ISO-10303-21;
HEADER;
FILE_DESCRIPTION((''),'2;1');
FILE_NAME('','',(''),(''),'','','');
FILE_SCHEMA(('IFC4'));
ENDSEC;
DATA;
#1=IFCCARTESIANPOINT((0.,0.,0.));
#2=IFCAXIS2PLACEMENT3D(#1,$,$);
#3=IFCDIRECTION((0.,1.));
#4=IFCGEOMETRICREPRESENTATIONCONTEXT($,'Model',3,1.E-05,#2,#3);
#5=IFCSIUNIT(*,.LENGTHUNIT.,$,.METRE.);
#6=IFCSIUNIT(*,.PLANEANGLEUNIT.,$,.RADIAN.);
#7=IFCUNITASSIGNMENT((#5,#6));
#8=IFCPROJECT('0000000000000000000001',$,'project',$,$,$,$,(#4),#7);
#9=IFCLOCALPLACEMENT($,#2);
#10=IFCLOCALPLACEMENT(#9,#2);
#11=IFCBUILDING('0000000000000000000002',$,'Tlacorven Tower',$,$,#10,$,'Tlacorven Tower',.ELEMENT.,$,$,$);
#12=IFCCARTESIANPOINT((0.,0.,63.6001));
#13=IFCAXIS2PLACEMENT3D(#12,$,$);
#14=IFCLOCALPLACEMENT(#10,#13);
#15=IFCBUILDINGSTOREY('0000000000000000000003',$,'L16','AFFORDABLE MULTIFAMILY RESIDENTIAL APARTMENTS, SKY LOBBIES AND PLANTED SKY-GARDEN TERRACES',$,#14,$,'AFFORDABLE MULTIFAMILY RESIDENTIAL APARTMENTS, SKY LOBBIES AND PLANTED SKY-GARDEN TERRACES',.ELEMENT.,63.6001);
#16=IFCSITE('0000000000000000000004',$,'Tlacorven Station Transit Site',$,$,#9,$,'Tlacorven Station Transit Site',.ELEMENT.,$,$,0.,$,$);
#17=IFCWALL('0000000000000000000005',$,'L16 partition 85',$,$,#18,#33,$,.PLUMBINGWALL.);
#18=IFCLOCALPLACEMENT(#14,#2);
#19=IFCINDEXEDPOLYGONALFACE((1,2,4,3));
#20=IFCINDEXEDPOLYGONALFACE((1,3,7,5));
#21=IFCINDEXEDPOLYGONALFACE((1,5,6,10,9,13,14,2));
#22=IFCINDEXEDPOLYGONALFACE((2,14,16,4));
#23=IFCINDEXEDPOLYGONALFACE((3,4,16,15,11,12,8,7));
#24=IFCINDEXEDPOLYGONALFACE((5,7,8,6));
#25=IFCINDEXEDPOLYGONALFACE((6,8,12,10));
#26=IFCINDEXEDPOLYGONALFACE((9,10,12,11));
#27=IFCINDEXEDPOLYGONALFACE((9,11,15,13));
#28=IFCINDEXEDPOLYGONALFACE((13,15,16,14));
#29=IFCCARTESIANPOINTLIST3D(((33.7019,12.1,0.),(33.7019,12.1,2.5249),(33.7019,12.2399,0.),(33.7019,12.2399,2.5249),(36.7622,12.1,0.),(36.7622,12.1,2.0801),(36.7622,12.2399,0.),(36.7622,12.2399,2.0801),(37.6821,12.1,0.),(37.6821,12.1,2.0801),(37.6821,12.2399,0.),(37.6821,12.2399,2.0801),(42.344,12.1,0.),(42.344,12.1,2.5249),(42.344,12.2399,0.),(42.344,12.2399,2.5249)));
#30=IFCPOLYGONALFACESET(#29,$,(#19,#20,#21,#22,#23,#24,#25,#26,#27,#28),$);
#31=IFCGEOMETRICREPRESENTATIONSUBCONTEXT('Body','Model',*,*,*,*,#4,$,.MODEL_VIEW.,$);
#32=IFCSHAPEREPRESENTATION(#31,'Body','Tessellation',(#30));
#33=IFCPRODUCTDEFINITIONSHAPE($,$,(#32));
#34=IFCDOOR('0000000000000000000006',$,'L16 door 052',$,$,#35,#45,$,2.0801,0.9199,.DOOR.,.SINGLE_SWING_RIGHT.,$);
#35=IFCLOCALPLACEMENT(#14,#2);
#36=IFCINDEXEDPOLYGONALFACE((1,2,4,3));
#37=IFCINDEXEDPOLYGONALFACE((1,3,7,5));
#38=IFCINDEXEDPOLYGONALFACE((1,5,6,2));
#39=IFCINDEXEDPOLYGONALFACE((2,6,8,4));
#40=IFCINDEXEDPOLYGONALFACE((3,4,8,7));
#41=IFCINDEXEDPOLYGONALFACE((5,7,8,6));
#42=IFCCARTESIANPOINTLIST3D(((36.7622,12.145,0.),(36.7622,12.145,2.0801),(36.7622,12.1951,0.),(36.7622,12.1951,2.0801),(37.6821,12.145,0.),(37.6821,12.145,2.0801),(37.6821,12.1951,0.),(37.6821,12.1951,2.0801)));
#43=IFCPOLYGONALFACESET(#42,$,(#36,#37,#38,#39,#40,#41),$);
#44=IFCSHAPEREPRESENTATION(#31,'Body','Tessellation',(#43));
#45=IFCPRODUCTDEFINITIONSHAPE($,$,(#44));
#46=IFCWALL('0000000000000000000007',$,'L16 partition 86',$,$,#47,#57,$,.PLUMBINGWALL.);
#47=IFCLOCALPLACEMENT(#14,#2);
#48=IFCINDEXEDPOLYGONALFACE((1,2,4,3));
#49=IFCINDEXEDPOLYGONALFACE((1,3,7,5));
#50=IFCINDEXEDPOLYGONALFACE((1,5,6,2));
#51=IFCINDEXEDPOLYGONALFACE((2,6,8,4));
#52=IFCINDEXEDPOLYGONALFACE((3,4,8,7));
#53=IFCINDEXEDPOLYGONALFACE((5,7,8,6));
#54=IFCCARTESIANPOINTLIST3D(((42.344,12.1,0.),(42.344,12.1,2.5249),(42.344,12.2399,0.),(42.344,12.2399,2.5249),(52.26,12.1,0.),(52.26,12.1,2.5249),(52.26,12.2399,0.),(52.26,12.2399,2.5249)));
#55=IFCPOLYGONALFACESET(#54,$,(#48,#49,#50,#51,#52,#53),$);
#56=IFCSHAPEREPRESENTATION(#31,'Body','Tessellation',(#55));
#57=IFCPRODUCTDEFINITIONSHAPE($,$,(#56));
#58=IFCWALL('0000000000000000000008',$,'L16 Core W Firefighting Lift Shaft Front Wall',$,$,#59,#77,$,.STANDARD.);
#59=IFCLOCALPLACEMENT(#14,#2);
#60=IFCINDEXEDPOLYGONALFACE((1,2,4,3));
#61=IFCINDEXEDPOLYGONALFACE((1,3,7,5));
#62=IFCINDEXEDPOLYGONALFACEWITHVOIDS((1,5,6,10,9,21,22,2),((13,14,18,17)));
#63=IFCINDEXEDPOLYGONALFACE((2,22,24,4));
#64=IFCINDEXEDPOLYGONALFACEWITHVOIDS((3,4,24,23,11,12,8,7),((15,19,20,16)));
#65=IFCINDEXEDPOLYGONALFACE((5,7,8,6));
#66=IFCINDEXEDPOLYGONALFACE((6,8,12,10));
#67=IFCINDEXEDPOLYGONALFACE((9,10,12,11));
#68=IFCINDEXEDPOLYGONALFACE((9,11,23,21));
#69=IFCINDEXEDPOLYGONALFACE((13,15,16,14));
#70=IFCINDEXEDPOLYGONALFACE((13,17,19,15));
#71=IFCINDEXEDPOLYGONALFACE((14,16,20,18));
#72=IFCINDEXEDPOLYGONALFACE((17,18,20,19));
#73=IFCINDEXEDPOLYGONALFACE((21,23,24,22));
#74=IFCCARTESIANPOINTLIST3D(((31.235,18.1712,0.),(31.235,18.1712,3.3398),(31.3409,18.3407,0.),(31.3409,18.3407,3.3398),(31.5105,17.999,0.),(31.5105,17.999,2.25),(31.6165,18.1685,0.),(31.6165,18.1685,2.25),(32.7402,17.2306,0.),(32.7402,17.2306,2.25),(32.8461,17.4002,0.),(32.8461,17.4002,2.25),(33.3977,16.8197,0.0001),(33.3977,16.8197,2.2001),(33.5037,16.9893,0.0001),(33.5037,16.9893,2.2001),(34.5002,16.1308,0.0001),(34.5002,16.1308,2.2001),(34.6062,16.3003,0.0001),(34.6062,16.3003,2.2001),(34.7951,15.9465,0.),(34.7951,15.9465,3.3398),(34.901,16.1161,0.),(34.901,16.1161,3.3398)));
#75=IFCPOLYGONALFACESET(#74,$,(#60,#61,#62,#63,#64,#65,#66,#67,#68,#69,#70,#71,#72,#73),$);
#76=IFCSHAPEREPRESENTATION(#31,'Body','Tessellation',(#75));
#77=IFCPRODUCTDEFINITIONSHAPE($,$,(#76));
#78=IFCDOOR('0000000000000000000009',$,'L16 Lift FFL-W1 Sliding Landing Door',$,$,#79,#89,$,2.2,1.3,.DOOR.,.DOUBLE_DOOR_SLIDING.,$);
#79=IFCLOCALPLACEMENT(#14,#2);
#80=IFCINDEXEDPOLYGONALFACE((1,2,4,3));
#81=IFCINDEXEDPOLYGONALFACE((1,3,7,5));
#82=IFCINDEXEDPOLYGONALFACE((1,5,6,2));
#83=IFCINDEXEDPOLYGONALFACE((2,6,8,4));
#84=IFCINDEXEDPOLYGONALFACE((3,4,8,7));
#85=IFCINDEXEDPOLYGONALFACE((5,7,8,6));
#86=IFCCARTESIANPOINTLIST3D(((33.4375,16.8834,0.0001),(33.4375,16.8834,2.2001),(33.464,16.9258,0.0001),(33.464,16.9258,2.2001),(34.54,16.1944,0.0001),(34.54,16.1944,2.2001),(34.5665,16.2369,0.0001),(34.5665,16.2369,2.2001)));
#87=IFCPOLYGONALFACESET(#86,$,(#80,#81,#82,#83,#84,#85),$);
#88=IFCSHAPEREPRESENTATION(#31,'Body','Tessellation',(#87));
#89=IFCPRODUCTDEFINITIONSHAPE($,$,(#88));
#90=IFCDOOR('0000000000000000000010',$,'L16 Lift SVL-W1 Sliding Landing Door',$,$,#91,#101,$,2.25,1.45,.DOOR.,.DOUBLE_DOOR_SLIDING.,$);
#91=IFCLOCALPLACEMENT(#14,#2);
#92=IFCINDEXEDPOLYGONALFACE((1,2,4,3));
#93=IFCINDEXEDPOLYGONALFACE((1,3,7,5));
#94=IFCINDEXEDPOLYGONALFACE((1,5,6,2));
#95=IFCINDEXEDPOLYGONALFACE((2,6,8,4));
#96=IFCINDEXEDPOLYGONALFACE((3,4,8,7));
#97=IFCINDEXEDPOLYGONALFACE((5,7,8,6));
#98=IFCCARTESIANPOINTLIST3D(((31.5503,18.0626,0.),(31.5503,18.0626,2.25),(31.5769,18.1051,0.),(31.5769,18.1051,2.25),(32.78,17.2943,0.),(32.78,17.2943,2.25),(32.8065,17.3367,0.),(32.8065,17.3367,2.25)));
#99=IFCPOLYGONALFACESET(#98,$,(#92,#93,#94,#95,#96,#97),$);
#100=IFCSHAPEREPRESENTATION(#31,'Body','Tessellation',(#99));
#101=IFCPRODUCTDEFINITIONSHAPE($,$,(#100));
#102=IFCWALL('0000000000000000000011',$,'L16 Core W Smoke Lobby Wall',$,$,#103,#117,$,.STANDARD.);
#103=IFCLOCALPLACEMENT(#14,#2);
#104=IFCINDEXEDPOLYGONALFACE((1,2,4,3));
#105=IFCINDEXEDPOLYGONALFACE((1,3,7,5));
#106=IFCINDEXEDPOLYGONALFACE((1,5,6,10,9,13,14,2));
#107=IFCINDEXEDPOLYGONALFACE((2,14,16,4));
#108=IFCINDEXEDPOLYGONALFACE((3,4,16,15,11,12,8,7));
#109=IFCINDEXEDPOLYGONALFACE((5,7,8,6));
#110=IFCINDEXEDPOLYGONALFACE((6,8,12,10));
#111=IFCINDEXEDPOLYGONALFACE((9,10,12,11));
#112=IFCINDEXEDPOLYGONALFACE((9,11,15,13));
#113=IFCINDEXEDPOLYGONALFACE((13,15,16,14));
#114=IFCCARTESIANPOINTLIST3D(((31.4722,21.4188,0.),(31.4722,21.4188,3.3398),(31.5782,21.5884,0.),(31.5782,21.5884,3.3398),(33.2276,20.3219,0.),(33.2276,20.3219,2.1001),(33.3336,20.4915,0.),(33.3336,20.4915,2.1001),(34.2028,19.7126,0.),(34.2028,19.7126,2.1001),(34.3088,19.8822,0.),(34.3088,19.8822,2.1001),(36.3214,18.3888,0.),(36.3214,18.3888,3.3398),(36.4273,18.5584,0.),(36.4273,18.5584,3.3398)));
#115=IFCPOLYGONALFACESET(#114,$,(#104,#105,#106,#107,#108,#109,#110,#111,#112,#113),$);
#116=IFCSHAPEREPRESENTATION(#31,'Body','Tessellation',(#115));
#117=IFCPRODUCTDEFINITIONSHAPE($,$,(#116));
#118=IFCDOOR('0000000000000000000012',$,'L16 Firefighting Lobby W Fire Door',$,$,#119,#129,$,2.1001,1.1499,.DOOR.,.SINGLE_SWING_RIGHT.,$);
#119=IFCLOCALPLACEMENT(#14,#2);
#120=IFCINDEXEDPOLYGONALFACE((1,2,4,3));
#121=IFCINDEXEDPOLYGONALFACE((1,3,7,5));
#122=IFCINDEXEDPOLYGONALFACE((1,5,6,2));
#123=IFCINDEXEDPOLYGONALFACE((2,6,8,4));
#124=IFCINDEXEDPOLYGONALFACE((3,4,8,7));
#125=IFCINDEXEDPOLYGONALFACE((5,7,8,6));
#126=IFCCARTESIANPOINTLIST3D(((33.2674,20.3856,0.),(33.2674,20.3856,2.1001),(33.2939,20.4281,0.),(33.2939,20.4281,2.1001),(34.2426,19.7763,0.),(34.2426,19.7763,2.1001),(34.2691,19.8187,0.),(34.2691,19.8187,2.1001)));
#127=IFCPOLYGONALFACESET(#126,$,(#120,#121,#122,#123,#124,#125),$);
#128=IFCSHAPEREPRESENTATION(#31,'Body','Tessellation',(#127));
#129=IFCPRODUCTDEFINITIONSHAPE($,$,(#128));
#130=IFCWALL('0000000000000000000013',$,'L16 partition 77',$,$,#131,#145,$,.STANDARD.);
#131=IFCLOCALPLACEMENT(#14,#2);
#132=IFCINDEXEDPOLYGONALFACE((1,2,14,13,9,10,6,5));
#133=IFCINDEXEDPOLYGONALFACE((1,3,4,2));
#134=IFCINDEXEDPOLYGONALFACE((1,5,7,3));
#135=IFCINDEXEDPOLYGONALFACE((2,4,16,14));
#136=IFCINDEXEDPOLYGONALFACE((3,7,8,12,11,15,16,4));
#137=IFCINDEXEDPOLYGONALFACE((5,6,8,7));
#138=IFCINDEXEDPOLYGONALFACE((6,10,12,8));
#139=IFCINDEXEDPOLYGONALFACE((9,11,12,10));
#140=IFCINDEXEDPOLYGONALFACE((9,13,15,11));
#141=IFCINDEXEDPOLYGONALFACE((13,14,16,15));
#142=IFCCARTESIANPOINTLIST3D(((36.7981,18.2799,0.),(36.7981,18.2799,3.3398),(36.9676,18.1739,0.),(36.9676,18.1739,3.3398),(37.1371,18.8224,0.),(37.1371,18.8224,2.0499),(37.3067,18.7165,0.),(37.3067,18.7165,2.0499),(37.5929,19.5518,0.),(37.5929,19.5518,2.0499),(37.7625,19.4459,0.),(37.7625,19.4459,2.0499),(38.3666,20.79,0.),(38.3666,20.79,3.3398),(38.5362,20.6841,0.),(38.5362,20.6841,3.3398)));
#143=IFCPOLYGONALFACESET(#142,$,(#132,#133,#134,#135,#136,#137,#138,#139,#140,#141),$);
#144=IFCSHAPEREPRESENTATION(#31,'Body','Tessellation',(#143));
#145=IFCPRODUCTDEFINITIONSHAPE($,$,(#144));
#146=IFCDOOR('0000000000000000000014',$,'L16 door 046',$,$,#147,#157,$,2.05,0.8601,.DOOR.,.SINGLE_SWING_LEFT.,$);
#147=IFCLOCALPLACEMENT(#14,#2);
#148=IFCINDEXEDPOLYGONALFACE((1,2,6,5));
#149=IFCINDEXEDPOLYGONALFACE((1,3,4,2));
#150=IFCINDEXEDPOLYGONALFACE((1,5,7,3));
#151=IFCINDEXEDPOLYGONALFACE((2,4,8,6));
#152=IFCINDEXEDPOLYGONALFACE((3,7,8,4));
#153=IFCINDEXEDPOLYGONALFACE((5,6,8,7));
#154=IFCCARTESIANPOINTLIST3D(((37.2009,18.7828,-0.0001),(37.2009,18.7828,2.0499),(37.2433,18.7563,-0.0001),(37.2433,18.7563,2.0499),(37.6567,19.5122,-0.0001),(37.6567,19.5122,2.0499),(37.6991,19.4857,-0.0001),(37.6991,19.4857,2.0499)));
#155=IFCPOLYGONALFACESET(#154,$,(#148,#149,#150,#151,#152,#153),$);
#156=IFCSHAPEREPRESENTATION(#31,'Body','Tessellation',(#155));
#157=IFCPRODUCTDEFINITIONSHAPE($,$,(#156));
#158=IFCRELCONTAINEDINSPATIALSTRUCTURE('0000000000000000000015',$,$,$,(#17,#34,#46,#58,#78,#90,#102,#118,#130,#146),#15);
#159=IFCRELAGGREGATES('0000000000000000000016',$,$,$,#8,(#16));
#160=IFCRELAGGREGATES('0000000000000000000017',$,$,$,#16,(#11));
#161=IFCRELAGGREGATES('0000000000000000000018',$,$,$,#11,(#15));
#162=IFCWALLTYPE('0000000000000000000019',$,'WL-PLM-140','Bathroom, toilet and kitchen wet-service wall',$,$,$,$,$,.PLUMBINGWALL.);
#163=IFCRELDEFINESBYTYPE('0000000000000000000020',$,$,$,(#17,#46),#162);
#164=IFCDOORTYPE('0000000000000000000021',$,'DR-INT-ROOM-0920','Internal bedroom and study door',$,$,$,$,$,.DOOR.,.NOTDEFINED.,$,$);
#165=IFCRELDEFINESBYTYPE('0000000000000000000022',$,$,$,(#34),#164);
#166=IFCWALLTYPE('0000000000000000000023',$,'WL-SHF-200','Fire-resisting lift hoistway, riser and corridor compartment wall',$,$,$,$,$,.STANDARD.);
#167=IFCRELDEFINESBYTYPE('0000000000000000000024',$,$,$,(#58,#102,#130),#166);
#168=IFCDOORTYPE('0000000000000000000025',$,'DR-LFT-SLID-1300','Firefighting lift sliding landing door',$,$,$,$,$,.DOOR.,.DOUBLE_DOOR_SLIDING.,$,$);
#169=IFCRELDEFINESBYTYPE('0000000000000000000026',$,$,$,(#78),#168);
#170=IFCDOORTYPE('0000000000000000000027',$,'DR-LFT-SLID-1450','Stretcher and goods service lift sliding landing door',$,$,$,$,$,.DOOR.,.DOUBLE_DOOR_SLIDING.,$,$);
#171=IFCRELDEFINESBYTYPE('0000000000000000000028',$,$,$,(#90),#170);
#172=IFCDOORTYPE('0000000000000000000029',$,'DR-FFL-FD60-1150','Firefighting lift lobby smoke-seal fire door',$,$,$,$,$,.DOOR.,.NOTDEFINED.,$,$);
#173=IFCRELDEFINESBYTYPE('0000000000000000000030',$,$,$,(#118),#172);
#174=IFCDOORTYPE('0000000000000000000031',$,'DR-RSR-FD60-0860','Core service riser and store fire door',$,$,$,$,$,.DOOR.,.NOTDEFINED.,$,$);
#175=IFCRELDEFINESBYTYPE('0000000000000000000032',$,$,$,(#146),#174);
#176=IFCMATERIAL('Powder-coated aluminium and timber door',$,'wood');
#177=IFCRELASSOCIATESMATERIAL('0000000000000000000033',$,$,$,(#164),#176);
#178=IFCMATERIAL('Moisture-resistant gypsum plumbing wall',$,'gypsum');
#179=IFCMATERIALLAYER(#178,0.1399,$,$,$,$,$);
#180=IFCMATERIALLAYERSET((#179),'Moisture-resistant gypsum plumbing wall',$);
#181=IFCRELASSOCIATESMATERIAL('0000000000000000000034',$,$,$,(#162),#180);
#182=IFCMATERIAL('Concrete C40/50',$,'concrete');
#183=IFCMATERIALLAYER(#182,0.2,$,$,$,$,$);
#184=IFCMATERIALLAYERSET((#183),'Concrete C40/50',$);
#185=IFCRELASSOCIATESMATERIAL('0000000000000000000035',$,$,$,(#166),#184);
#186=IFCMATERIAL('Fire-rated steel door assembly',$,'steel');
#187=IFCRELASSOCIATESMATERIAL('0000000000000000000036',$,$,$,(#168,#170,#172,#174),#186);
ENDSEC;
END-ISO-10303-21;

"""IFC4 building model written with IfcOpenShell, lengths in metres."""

from ifc_helpers import new_model, si_unit, direction, frame, frame_2d, origin, place, context, subcontext, project, spatial, rectangle, extrude, source, transform, mapped, material, layer, layer_set, type_object, element, fill, save


model = new_model("IFC4")

# Units and contexts
model_context = context("Model", 3, precision=1e-05, world=origin(), true_north=direction((0.0, 1.0)))
body_context = subcontext(model_context, "Body", "Model", "MODEL_VIEW")
ifc_project = project(units=[si_unit("LENGTHUNIT", "METRE"), si_unit("PLANEANGLEUNIT", "RADIAN")], contexts=[model_context])

# Site, building, storey
site_placement = place(None, origin())
site = spatial("IfcSite", under=ifc_project, at=site_placement, Name="Tlacorven Station Transit Site", LongName="Tlacorven Station Transit Site", CompositionType="ELEMENT", RefElevation=0.0)
building_placement = place(site_placement, origin())
building = spatial("IfcBuilding", under=site, at=building_placement, Name="Tlacorven Tower", LongName="Tlacorven Tower", CompositionType="ELEMENT")
storey_placement = place(building_placement, frame((0.0, 0.0, 63.6001)))
storey = spatial("IfcBuildingStorey", under=building, at=storey_placement, Name="L16", Description="AFFORDABLE MULTIFAMILY RESIDENTIAL APARTMENTS, SKY LOBBIES AND PLANTED SKY-GARDEN TERRACES", LongName="AFFORDABLE MULTIFAMILY RESIDENTIAL APARTMENTS, SKY LOBBIES AND PLANTED SKY-GARDEN TERRACES", CompositionType="ELEMENT", Elevation=63.6001)

# Shared definitions
ifc_material_1 = material(Name="Fire-rated steel door assembly", Category="steel")

# Wall, opening, door
ifc_material_2 = material(Name="Powder-coated aluminium and timber door", Category="wood")
door_type_1 = type_object("IfcDoorType", Name="DR-INT-ROOM-0920", Description="Internal bedroom and study door", OperationType="NOTDEFINED", PredefinedType="DOOR", material=ifc_material_2)
shared_shape_1 = source(origin(), body_context, "Body", "SweptSolid", [
    extrude(rectangle(XDim=0.9199, YDim=2.0801, at=frame_2d((0.46, 1.04))), frame((0.0, 0.0249, 0.0), z_axis=(0.0, -1.0, 0.0), x_axis=(1.0, 0.0, 0.0)), (0.0, 0.0, 1.0), 0.05),
])
ifc_material_3 = material(Name="Moisture-resistant gypsum plumbing wall", Category="gypsum")
ifc_layer_1 = layer(ifc_material_3, 0.1399)
ifc_layer_set_1 = layer_set([ifc_layer_1], Name="Moisture-resistant gypsum plumbing wall")
wall_type_1 = type_object("IfcWallType", Name="WL-PLM-140", Description="Bathroom, toilet and kitchen wet-service wall", PredefinedType="PLUMBINGWALL", material=ifc_layer_set_1)
wall_1_placement = place(storey_placement, frame((33.7019, 12.1699, 0.0), z_axis=(0.0, 0.0, 1.0), x_axis=(1.0, 0.0, 0.0)))
wall_1 = element("IfcWall", 1, at=wall_1_placement, inside=storey, type_object=wall_type_1, Name="L16 partition 85", PredefinedType="PLUMBINGWALL", context=body_context, shape_type="SweptSolid", body=[
    extrude(rectangle(XDim=8.6421, YDim=0.1399, at=frame_2d((4.321, 0.0))), origin(), (0.0, 0.0, 1.0), 2.5249),
])
opening_1_placement = place(wall_1_placement, frame((3.0603, 0.0, 0.0)))
opening_1 = element("IfcOpeningElement", 2, at=opening_1_placement, cuts=wall_1, PredefinedType="OPENING", context=body_context, shape_type="SweptSolid", body=[
    extrude(rectangle(XDim=0.9199, YDim=2.0801, at=frame_2d((0.46, 1.04))), frame((0.0, 0.0801, 0.0), z_axis=(0.0, -1.0, 0.0), x_axis=(1.0, 0.0, 0.0)), (0.0, 0.0, 1.0), 0.1599),
])
door_1_placement = place(opening_1_placement, frame((0.9199, 0.0, 0.0), z_axis=(0.0, 0.0, 1.0), x_axis=(-1.0, 0.0, 0.0)))
door_1 = element("IfcDoor", 3, at=door_1_placement, inside=storey, type_object=door_type_1, Name="L16 door 052", OperationType="SINGLE_SWING_RIGHT", OverallHeight=2.0801, OverallWidth=0.9199, PredefinedType="DOOR", context=body_context, shape_type="MappedRepresentation", body=[
    mapped(shared_shape_1, transform((0.0, 0.0, 0.0), scale=1.0)),
])
fill(opening_1, door_1)

# Wall
wall_2_placement = place(storey_placement, frame((42.344, 12.1699, 0.0), z_axis=(0.0, 0.0, 1.0), x_axis=(1.0, 0.0, 0.0)))
element("IfcWall", 4, at=wall_2_placement, inside=storey, type_object=wall_type_1, Name="L16 partition 86", PredefinedType="PLUMBINGWALL", context=body_context, shape_type="SweptSolid", body=[
    extrude(rectangle(XDim=9.916, YDim=0.1399, at=frame_2d((4.958, 0.0))), origin(), (0.0, 0.0, 1.0), 2.5249),
])

# Wall, openings, doors
ifc_material_4 = material(Name="Concrete C40/50", Category="concrete")
ifc_layer_2 = layer(ifc_material_4, 0.2)
ifc_layer_set_2 = layer_set([ifc_layer_2], Name="Concrete C40/50")
wall_type_2 = type_object("IfcWallType", Name="WL-SHF-200", Description="Fire-resisting lift hoistway, riser and corridor compartment wall", PredefinedType="STANDARD", material=ifc_layer_set_2)
wall_3_placement = place(storey_placement, frame((34.8481, 16.0312, 0.0), z_axis=(0.0, 0.0, 1.0), x_axis=(-0.848044, 0.529926, 0.0)))
wall_3 = element("IfcWall", 5, at=wall_3_placement, inside=storey, type_object=wall_type_2, Name="L16 Core W Firefighting Lift Shaft Front Wall", PredefinedType="STANDARD", context=body_context, shape_type="SweptSolid", body=[
    extrude(rectangle(XDim=4.198, YDim=0.2, at=frame_2d((2.0991, 0.0))), origin(), (0.0, 0.0, 1.0), 3.3398),
])
opening_2_placement = place(wall_3_placement, frame((0.3479, 0.0, 0.0)))
opening_2 = element("IfcOpeningElement", 6, at=opening_2_placement, cuts=wall_3, PredefinedType="OPENING", context=body_context, shape_type="SweptSolid", body=[
    extrude(rectangle(XDim=1.3, YDim=2.2, at=frame_2d((0.6499, 1.1001))), frame((0.0, 0.1099, 0.0), z_axis=(0.0, -1.0, 0.0), x_axis=(1.0, 0.0, 0.0)), (0.0, 0.0, 1.0), 0.22),
])
opening_3_placement = place(wall_3_placement, frame((2.4231, 0.0, 0.0)))
opening_3 = element("IfcOpeningElement", 7, at=opening_3_placement, cuts=wall_3, PredefinedType="OPENING", context=body_context, shape_type="SweptSolid", body=[
    extrude(rectangle(XDim=1.45, YDim=2.25, at=frame_2d((0.7251, 1.125))), frame((0.0, 0.1099, 0.0), z_axis=(0.0, -1.0, 0.0), x_axis=(1.0, 0.0, 0.0)), (0.0, 0.0, 1.0), 0.22),
])
door_type_2 = type_object("IfcDoorType", Name="DR-LFT-SLID-1300", Description="Firefighting lift sliding landing door", OperationType="DOUBLE_DOOR_SLIDING", PredefinedType="DOOR", material=ifc_material_1)
shared_shape_2 = source(origin(), body_context, "Body", "SweptSolid", [
    extrude(rectangle(XDim=1.3, YDim=2.2, at=frame_2d((0.6499, 1.1001))), frame((0.0, 0.0249, 0.0), z_axis=(0.0, -1.0, 0.0), x_axis=(1.0, 0.0, 0.0)), (0.0, 0.0, 1.0), 0.05),
])
door_2_placement = place(opening_2_placement, origin())
door_2 = element("IfcDoor", 8, at=door_2_placement, inside=storey, type_object=door_type_2, Name="L16 Lift FFL-W1 Sliding Landing Door", OperationType="DOUBLE_DOOR_SLIDING", OverallHeight=2.2, OverallWidth=1.3, PredefinedType="DOOR", context=body_context, shape_type="MappedRepresentation", body=[
    mapped(shared_shape_2, transform((0.0, 0.0, 0.0), scale=1.0)),
])
fill(opening_2, door_2)
door_type_3 = type_object("IfcDoorType", Name="DR-LFT-SLID-1450", Description="Stretcher and goods service lift sliding landing door", OperationType="DOUBLE_DOOR_SLIDING", PredefinedType="DOOR", material=ifc_material_1)
shared_shape_3 = source(origin(), body_context, "Body", "SweptSolid", [
    extrude(rectangle(XDim=1.45, YDim=2.25, at=frame_2d((0.7251, 1.125))), frame((0.0, 0.0249, 0.0), z_axis=(0.0, -1.0, 0.0), x_axis=(1.0, 0.0, 0.0)), (0.0, 0.0, 1.0), 0.05),
])
door_3_placement = place(opening_3_placement, origin())
door_3 = element("IfcDoor", 9, at=door_3_placement, inside=storey, type_object=door_type_3, Name="L16 Lift SVL-W1 Sliding Landing Door", OperationType="DOUBLE_DOOR_SLIDING", OverallHeight=2.25, OverallWidth=1.45, PredefinedType="DOOR", context=body_context, shape_type="MappedRepresentation", body=[
    mapped(shared_shape_3, transform((0.0, 0.0, 0.0), scale=1.0)),
])
fill(opening_3, door_3)

# Walls, openings, doors
wall_4_placement = place(storey_placement, frame((36.3743, 18.4736, 0.0), z_axis=(0.0, 0.0, 1.0), x_axis=(-0.848051, 0.529915, 0.0)))
wall_4 = element("IfcWall", 10, at=wall_4_placement, inside=storey, type_object=wall_type_2, Name="L16 Core W Smoke Lobby Wall", PredefinedType="STANDARD", context=body_context, shape_type="SweptSolid", body=[
    extrude(rectangle(XDim=5.718, YDim=0.2, at=frame_2d((2.8589, 0.0))), origin(), (0.0, 0.0, 1.0), 3.3398),
])
opening_4_placement = place(wall_4_placement, frame((2.498, 0.0, 0.0)))
opening_4 = element("IfcOpeningElement", 11, at=opening_4_placement, cuts=wall_4, PredefinedType="OPENING", context=body_context, shape_type="SweptSolid", body=[
    extrude(rectangle(XDim=1.1499, YDim=2.1001, at=frame_2d((0.575, 1.05))), frame((0.0, 0.1099, 0.0), z_axis=(0.0, -1.0, 0.0), x_axis=(1.0, 0.0, 0.0)), (0.0, 0.0, 1.0), 0.22),
])
door_type_4 = type_object("IfcDoorType", Name="DR-FFL-FD60-1150", Description="Firefighting lift lobby smoke-seal fire door", OperationType="NOTDEFINED", PredefinedType="DOOR", material=ifc_material_1)
shared_shape_4 = source(origin(), body_context, "Body", "SweptSolid", [
    extrude(rectangle(XDim=1.1499, YDim=2.1001, at=frame_2d((0.575, 1.05))), frame((0.0, 0.0249, 0.0), z_axis=(0.0, -1.0, 0.0), x_axis=(1.0, 0.0, 0.0)), (0.0, 0.0, 1.0), 0.05),
])
door_4_placement = place(opening_4_placement, origin())
door_4 = element("IfcDoor", 12, at=door_4_placement, inside=storey, type_object=door_type_4, Name="L16 Firefighting Lobby W Fire Door", OperationType="SINGLE_SWING_RIGHT", OverallHeight=2.1001, OverallWidth=1.1499, PredefinedType="DOOR", context=body_context, shape_type="MappedRepresentation", body=[
    mapped(shared_shape_4, transform((0.0, 0.0, 0.0), scale=1.0)),
])
fill(opening_4, door_4)
wall_5_placement = place(storey_placement, frame((38.4514, 20.7371, 0.0), z_axis=(0.0, 0.0, 1.0), x_axis=(-0.529925, -0.848045, 0.0)))
wall_5 = element("IfcWall", 13, at=wall_5_placement, inside=storey, type_object=wall_type_2, Name="L16 partition 77", PredefinedType="STANDARD", context=body_context, shape_type="SweptSolid", body=[
    extrude(rectangle(XDim=2.96, YDim=0.2, at=frame_2d((1.48, 0.0))), origin(), (0.0, 0.0, 1.0), 3.3398),
])
opening_5_placement = place(wall_5_placement, frame((1.46, 0.0, 0.0)))
opening_5 = element("IfcOpeningElement", 14, at=opening_5_placement, cuts=wall_5, PredefinedType="OPENING", context=body_context, shape_type="SweptSolid", body=[
    extrude(rectangle(XDim=0.8601, YDim=2.05, at=frame_2d((0.4302, 1.0249))), frame((0.0, 0.1099, 0.0), z_axis=(0.0, -1.0, 0.0), x_axis=(1.0, 0.0, 0.0)), (0.0, 0.0, 1.0), 0.22),
])
door_type_5 = type_object("IfcDoorType", Name="DR-RSR-FD60-0860", Description="Core service riser and store fire door", OperationType="NOTDEFINED", PredefinedType="DOOR", material=ifc_material_1)
shared_shape_5 = source(origin(), body_context, "Body", "SweptSolid", [
    extrude(rectangle(XDim=0.8601, YDim=2.05, at=frame_2d((0.4302, 1.0249))), frame((0.0, 0.0249, 0.0), z_axis=(0.0, -1.0, 0.0), x_axis=(1.0, 0.0, 0.0)), (0.0, 0.0, 1.0), 0.05),
])
door_5_placement = place(opening_5_placement, frame((0.8601, 0.0, 0.0), z_axis=(0.0, 0.0, 1.0), x_axis=(-1.0, 0.0, 0.0)))
door_5 = element("IfcDoor", 15, at=door_5_placement, inside=storey, type_object=door_type_5, Name="L16 door 046", OperationType="SINGLE_SWING_LEFT", OverallHeight=2.05, OverallWidth=0.8601, PredefinedType="DOOR", context=body_context, shape_type="MappedRepresentation", body=[
    mapped(shared_shape_5, transform((0.0, 0.0, 0.0), scale=1.0)),
])
fill(opening_5, door_5)

save(model, "model.ifc")
